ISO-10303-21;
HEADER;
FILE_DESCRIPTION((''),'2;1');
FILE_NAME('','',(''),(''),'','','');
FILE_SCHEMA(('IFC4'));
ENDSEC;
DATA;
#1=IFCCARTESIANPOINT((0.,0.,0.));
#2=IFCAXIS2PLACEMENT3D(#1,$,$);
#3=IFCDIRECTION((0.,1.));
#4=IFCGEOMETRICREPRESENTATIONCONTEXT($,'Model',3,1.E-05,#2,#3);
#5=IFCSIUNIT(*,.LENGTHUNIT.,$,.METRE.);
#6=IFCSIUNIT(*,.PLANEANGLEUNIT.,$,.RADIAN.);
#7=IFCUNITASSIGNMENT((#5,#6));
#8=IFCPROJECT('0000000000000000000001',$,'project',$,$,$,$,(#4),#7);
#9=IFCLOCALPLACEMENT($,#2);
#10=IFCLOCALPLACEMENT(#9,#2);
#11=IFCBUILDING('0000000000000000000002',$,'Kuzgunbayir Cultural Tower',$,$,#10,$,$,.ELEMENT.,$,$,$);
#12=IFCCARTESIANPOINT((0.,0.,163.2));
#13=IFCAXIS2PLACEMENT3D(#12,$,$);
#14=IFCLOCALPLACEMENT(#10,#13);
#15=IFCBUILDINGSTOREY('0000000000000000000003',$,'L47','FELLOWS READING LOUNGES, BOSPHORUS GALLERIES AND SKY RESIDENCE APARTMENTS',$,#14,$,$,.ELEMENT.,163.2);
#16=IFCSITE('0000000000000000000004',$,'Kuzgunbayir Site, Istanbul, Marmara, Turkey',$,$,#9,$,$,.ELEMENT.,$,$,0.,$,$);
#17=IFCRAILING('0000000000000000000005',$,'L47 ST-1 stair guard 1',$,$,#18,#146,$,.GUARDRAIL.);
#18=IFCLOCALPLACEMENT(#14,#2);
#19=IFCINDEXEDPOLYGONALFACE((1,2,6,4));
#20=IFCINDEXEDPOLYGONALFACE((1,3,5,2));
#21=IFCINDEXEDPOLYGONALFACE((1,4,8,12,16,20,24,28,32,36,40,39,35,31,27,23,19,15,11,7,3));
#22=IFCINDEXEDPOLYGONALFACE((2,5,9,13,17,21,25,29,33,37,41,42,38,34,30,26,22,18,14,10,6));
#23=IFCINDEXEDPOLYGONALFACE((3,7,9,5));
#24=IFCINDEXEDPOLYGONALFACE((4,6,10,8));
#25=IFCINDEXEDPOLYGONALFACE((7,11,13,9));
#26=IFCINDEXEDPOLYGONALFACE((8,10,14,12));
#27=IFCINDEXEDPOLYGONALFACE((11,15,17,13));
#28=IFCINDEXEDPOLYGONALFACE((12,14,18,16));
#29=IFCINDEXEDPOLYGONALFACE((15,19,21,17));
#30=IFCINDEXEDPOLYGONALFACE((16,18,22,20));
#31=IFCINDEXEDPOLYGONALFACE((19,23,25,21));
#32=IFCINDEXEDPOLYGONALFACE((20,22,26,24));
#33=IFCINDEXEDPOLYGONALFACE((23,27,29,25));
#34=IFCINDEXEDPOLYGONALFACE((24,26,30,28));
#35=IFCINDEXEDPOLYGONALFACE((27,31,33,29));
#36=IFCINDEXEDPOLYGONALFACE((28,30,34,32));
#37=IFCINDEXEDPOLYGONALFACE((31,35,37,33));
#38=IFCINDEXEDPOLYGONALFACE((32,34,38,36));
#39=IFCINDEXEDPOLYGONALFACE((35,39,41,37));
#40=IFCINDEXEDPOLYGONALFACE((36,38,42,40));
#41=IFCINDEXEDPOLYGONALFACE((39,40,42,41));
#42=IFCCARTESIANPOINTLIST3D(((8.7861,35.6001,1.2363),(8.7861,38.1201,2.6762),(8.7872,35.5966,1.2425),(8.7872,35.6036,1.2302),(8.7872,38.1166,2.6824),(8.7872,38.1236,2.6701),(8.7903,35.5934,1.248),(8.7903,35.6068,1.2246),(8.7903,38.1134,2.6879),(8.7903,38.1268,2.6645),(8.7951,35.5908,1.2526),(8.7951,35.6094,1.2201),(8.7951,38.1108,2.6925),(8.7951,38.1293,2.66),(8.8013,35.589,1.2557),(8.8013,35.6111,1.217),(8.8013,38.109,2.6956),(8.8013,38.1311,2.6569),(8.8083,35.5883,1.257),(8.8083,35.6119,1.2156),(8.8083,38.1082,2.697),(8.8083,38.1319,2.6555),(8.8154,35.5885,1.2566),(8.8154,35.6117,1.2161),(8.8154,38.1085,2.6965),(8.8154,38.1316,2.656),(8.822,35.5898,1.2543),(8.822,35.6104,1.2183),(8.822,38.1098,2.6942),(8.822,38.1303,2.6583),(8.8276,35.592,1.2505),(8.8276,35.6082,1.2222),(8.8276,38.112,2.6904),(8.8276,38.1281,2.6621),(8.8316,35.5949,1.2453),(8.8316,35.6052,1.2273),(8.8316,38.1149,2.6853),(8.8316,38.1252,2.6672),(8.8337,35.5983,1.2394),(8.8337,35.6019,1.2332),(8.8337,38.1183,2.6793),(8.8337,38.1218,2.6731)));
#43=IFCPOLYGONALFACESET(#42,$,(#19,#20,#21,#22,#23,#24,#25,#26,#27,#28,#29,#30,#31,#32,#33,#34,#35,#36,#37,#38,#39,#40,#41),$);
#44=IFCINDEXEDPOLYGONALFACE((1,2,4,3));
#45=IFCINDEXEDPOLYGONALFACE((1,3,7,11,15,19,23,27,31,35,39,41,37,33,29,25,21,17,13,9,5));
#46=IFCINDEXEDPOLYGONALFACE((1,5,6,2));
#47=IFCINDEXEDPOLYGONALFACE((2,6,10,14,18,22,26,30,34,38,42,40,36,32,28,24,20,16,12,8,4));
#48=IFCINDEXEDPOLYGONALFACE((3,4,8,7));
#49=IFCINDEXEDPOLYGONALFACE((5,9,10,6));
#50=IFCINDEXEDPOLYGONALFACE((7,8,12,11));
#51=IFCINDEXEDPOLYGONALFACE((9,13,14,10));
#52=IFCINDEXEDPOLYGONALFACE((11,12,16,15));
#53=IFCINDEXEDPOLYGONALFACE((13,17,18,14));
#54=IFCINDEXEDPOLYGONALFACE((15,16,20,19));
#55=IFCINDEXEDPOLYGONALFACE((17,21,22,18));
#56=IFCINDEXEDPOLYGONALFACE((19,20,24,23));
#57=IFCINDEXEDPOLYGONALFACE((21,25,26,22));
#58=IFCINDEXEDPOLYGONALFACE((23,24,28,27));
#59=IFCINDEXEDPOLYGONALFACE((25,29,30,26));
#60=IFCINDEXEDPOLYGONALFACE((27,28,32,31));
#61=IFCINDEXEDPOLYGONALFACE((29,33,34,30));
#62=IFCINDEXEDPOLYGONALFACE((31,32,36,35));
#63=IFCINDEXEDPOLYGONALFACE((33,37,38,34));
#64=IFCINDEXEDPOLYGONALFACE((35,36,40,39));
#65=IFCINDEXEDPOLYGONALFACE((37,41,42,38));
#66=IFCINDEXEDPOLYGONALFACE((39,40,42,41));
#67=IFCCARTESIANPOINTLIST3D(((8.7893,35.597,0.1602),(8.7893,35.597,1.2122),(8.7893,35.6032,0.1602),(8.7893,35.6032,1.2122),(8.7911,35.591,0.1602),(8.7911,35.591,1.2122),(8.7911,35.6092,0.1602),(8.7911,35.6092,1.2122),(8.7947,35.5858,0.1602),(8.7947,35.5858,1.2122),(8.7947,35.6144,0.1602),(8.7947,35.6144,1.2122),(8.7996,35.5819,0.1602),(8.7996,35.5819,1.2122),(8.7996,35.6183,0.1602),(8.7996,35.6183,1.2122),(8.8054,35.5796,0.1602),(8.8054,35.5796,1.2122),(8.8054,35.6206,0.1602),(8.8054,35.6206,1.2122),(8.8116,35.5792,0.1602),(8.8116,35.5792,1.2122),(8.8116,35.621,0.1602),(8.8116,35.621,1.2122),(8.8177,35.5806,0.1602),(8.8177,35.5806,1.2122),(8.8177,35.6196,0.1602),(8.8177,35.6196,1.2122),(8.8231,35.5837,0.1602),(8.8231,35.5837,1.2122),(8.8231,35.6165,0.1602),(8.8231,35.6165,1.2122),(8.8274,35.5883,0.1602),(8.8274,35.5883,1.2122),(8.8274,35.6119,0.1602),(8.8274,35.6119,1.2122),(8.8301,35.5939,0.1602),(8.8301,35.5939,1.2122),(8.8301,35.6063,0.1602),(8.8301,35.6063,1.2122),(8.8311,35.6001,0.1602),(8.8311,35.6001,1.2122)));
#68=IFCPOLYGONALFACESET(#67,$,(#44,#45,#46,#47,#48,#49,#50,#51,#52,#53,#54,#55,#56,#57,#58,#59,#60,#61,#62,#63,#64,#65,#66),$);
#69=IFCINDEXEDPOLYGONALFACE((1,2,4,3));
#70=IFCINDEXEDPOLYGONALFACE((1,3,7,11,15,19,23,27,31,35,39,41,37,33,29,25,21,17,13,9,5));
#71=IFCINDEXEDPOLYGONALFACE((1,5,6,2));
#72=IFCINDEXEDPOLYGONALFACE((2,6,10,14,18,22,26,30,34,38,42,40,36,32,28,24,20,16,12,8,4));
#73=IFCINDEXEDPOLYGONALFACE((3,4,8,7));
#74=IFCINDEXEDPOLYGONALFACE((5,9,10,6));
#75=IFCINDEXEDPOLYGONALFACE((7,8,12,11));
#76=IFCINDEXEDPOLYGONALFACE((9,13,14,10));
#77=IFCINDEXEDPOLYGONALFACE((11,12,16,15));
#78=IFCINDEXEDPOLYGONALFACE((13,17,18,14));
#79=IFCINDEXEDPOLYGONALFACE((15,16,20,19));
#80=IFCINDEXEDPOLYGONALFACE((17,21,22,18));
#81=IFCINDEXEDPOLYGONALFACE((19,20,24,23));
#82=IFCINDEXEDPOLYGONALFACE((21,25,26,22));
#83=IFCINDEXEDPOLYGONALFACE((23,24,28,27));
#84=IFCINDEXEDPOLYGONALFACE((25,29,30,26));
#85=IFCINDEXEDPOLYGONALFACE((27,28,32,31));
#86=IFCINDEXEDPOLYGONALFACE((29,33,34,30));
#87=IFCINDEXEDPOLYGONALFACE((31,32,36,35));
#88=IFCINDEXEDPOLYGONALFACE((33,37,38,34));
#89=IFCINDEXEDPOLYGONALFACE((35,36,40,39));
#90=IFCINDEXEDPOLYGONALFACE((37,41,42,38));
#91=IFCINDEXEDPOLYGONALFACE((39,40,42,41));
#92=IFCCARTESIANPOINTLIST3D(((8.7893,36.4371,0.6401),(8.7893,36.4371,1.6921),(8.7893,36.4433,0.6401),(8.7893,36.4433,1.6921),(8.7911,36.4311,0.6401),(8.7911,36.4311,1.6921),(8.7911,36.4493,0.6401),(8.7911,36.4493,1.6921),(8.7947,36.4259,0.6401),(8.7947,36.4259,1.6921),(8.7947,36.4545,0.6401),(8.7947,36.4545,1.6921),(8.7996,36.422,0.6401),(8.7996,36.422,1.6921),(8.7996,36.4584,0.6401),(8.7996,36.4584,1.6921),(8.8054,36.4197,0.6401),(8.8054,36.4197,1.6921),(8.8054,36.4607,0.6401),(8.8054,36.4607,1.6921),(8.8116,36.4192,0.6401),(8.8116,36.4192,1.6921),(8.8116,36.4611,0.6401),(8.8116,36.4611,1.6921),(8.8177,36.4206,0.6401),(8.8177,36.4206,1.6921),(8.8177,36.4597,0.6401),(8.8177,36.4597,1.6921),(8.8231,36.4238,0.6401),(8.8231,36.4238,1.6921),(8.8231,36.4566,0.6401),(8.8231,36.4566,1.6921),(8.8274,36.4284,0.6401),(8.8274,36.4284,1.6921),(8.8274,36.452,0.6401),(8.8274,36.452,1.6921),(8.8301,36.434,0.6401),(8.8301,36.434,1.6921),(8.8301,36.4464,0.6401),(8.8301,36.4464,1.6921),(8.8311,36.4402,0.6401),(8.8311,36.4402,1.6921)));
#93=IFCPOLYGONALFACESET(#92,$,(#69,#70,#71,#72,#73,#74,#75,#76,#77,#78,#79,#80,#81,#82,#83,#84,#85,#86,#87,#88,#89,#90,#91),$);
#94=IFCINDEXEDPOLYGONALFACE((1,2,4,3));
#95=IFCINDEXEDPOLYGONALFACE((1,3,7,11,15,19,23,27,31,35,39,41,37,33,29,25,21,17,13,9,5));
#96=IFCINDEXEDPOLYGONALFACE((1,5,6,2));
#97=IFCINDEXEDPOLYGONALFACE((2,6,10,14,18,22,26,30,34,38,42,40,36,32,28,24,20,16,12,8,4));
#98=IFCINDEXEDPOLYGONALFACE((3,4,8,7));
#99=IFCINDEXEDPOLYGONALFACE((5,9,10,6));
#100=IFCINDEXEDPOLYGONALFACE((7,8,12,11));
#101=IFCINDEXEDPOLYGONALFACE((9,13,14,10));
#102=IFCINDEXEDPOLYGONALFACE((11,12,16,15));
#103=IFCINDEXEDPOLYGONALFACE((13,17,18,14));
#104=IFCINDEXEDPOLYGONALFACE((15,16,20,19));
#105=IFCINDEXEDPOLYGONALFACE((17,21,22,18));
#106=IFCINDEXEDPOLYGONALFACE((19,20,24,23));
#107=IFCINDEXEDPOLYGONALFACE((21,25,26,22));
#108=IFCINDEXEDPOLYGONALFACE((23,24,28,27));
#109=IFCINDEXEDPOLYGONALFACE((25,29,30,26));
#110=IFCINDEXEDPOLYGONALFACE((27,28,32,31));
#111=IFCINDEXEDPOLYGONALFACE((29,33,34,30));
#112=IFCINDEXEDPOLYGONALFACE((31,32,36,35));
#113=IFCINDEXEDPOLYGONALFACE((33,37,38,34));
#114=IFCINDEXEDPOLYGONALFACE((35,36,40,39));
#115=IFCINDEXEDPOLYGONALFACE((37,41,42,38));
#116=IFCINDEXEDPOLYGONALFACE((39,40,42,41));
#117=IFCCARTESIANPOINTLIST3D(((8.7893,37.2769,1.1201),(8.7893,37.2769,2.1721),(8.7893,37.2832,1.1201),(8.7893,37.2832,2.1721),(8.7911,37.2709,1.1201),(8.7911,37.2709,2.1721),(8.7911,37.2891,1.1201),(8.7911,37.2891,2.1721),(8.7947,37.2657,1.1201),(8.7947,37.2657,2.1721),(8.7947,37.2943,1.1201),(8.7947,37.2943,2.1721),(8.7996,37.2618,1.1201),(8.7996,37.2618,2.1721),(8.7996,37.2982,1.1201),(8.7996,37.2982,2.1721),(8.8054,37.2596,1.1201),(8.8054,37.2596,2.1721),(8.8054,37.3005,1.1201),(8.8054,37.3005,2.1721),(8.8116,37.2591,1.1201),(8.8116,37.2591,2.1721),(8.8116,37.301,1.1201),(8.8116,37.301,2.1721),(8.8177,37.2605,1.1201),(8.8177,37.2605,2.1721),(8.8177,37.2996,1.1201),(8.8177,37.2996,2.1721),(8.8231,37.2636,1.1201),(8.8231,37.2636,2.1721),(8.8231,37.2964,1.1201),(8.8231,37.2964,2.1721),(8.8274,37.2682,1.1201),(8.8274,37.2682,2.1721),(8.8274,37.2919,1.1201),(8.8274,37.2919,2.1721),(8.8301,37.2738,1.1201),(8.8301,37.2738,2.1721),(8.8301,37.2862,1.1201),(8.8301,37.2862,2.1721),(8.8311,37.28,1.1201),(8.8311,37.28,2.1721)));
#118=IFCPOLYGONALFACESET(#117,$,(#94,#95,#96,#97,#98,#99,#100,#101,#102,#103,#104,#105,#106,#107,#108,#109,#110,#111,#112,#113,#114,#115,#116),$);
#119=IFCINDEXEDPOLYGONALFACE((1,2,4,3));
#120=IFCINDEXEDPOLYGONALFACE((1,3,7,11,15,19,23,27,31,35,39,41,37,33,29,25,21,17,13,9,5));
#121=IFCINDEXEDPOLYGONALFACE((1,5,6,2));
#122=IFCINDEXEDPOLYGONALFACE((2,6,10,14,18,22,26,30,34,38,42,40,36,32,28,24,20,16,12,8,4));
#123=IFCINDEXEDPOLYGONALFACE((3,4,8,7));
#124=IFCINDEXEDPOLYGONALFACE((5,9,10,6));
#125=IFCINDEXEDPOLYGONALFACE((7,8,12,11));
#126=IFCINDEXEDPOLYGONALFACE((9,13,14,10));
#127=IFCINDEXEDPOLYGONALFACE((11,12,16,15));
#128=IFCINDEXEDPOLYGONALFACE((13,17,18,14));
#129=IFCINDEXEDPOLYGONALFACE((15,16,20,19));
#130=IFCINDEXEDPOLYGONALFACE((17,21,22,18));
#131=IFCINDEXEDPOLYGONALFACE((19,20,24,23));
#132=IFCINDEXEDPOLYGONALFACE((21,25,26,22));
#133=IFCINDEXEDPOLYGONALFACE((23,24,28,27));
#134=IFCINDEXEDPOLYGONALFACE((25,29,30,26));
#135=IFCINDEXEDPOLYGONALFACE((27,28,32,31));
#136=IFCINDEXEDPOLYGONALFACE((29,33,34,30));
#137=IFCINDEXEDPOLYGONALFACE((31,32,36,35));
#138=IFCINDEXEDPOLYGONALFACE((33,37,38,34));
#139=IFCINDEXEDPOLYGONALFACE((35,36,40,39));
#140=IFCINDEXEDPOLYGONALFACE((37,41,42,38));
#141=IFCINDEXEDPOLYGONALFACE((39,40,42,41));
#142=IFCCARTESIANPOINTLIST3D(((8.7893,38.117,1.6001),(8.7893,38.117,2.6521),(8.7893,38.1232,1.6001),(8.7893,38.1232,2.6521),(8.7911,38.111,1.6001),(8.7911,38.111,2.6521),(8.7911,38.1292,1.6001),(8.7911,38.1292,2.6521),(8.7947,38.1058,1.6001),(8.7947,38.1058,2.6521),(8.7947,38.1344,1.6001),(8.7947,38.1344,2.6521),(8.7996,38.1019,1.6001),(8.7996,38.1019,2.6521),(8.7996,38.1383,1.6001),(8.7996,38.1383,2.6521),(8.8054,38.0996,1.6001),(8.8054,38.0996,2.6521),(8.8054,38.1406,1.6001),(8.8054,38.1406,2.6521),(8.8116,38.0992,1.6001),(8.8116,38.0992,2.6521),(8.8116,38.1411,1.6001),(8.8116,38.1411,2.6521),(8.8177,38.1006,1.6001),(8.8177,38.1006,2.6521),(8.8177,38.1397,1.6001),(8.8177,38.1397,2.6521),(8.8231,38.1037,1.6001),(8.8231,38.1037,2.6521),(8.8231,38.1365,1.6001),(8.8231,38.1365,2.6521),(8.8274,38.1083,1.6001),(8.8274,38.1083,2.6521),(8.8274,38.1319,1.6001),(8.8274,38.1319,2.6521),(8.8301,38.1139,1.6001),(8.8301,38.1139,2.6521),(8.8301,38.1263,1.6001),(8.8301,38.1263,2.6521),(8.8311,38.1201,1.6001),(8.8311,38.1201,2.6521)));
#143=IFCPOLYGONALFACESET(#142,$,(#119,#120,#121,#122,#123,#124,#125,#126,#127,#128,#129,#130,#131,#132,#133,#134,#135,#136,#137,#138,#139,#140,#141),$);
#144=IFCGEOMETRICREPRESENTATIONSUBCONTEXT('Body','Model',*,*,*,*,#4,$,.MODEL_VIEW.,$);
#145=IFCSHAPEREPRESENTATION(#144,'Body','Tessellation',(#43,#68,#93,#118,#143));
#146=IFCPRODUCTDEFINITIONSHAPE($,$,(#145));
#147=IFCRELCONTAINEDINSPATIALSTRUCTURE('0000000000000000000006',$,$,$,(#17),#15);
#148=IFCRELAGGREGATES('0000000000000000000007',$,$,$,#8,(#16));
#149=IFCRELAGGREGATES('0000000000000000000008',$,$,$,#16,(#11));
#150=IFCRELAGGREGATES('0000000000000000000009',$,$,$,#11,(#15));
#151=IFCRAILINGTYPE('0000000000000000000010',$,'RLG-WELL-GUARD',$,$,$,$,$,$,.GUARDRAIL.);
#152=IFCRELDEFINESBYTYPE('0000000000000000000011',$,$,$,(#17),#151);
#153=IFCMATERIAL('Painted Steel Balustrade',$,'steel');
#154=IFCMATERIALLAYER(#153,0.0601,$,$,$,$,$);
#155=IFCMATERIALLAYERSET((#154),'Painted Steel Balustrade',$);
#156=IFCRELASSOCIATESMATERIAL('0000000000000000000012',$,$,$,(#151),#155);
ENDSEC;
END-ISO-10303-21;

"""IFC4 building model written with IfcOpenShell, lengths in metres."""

from ifc_helpers import new_model, si_unit, direction, frame, origin, origin_2d, place, context, subcontext, project, spatial, circle, extrude, material, layer, layer_set, type_object, element, save


model = new_model("IFC4")

# Units and contexts
model_context = context("Model", 3, precision=1e-05, world=origin(), true_north=direction((0.0, 1.0)))
body_context = subcontext(model_context, "Body", "Model", "MODEL_VIEW")
ifc_project = project(units=[si_unit("LENGTHUNIT", "METRE"), si_unit("PLANEANGLEUNIT", "RADIAN")], contexts=[model_context])

# Site, building, storey
site_placement = place(None, origin())
site = spatial("IfcSite", under=ifc_project, at=site_placement, Name="Kuzgunbayir Site, Istanbul, Marmara, Turkey", CompositionType="ELEMENT", RefElevation=0.0)
building_placement = place(site_placement, origin())
building = spatial("IfcBuilding", under=site, at=building_placement, Name="Kuzgunbayir Cultural Tower", CompositionType="ELEMENT")
storey_placement = place(building_placement, frame((0.0, 0.0, 163.2)))
storey = spatial("IfcBuildingStorey", under=building, at=storey_placement, Name="L47", Description="FELLOWS READING LOUNGES, BOSPHORUS GALLERIES AND SKY RESIDENCE APARTMENTS", CompositionType="ELEMENT", Elevation=163.2)

# Railing
ifc_material_1 = material(Name="Painted Steel Balustrade", Category="steel")
ifc_layer_1 = layer(ifc_material_1, 0.0601)
ifc_layer_set_1 = layer_set([ifc_layer_1], Name="Painted Steel Balustrade")
railing_type_1 = type_object("IfcRailingType", Name="RLG-WELL-GUARD", PredefinedType="GUARDRAIL", material=ifc_layer_set_1)
railing_1_placement = place(storey_placement, frame((8.8101, 35.6001, 0.1602)))
element("IfcRailing", 1, at=railing_1_placement, inside=storey, type_object=railing_type_1, Name="L47 ST-1 stair guard 1", PredefinedType="GUARDRAIL", context=body_context, shape_type="SweptSolid", body=[
    extrude(circle(Radius=0.0239, at=origin_2d()), frame((0.0, 0.0, 1.0762), z_axis=(0.0, 0.868253, 0.496121), x_axis=(-1.0, 0.0, 0.0)), (0.0, 0.0, 1.0), 2.9023),
    extrude(circle(Radius=0.021, at=origin_2d()), origin(), (0.0, 0.0, 1.0), 1.052),
    extrude(circle(Radius=0.021, at=origin_2d()), frame((0.0, 0.8401, 0.48)), (0.0, 0.0, 1.0), 1.052),
    extrude(circle(Radius=0.021, at=origin_2d()), frame((0.0, 1.6799, 0.96)), (0.0, 0.0, 1.0), 1.052),
    extrude(circle(Radius=0.021, at=origin_2d()), frame((0.0, 2.52, 1.4399)), (0.0, 0.0, 1.0), 1.052),
])

save(model, "model.ifc")
